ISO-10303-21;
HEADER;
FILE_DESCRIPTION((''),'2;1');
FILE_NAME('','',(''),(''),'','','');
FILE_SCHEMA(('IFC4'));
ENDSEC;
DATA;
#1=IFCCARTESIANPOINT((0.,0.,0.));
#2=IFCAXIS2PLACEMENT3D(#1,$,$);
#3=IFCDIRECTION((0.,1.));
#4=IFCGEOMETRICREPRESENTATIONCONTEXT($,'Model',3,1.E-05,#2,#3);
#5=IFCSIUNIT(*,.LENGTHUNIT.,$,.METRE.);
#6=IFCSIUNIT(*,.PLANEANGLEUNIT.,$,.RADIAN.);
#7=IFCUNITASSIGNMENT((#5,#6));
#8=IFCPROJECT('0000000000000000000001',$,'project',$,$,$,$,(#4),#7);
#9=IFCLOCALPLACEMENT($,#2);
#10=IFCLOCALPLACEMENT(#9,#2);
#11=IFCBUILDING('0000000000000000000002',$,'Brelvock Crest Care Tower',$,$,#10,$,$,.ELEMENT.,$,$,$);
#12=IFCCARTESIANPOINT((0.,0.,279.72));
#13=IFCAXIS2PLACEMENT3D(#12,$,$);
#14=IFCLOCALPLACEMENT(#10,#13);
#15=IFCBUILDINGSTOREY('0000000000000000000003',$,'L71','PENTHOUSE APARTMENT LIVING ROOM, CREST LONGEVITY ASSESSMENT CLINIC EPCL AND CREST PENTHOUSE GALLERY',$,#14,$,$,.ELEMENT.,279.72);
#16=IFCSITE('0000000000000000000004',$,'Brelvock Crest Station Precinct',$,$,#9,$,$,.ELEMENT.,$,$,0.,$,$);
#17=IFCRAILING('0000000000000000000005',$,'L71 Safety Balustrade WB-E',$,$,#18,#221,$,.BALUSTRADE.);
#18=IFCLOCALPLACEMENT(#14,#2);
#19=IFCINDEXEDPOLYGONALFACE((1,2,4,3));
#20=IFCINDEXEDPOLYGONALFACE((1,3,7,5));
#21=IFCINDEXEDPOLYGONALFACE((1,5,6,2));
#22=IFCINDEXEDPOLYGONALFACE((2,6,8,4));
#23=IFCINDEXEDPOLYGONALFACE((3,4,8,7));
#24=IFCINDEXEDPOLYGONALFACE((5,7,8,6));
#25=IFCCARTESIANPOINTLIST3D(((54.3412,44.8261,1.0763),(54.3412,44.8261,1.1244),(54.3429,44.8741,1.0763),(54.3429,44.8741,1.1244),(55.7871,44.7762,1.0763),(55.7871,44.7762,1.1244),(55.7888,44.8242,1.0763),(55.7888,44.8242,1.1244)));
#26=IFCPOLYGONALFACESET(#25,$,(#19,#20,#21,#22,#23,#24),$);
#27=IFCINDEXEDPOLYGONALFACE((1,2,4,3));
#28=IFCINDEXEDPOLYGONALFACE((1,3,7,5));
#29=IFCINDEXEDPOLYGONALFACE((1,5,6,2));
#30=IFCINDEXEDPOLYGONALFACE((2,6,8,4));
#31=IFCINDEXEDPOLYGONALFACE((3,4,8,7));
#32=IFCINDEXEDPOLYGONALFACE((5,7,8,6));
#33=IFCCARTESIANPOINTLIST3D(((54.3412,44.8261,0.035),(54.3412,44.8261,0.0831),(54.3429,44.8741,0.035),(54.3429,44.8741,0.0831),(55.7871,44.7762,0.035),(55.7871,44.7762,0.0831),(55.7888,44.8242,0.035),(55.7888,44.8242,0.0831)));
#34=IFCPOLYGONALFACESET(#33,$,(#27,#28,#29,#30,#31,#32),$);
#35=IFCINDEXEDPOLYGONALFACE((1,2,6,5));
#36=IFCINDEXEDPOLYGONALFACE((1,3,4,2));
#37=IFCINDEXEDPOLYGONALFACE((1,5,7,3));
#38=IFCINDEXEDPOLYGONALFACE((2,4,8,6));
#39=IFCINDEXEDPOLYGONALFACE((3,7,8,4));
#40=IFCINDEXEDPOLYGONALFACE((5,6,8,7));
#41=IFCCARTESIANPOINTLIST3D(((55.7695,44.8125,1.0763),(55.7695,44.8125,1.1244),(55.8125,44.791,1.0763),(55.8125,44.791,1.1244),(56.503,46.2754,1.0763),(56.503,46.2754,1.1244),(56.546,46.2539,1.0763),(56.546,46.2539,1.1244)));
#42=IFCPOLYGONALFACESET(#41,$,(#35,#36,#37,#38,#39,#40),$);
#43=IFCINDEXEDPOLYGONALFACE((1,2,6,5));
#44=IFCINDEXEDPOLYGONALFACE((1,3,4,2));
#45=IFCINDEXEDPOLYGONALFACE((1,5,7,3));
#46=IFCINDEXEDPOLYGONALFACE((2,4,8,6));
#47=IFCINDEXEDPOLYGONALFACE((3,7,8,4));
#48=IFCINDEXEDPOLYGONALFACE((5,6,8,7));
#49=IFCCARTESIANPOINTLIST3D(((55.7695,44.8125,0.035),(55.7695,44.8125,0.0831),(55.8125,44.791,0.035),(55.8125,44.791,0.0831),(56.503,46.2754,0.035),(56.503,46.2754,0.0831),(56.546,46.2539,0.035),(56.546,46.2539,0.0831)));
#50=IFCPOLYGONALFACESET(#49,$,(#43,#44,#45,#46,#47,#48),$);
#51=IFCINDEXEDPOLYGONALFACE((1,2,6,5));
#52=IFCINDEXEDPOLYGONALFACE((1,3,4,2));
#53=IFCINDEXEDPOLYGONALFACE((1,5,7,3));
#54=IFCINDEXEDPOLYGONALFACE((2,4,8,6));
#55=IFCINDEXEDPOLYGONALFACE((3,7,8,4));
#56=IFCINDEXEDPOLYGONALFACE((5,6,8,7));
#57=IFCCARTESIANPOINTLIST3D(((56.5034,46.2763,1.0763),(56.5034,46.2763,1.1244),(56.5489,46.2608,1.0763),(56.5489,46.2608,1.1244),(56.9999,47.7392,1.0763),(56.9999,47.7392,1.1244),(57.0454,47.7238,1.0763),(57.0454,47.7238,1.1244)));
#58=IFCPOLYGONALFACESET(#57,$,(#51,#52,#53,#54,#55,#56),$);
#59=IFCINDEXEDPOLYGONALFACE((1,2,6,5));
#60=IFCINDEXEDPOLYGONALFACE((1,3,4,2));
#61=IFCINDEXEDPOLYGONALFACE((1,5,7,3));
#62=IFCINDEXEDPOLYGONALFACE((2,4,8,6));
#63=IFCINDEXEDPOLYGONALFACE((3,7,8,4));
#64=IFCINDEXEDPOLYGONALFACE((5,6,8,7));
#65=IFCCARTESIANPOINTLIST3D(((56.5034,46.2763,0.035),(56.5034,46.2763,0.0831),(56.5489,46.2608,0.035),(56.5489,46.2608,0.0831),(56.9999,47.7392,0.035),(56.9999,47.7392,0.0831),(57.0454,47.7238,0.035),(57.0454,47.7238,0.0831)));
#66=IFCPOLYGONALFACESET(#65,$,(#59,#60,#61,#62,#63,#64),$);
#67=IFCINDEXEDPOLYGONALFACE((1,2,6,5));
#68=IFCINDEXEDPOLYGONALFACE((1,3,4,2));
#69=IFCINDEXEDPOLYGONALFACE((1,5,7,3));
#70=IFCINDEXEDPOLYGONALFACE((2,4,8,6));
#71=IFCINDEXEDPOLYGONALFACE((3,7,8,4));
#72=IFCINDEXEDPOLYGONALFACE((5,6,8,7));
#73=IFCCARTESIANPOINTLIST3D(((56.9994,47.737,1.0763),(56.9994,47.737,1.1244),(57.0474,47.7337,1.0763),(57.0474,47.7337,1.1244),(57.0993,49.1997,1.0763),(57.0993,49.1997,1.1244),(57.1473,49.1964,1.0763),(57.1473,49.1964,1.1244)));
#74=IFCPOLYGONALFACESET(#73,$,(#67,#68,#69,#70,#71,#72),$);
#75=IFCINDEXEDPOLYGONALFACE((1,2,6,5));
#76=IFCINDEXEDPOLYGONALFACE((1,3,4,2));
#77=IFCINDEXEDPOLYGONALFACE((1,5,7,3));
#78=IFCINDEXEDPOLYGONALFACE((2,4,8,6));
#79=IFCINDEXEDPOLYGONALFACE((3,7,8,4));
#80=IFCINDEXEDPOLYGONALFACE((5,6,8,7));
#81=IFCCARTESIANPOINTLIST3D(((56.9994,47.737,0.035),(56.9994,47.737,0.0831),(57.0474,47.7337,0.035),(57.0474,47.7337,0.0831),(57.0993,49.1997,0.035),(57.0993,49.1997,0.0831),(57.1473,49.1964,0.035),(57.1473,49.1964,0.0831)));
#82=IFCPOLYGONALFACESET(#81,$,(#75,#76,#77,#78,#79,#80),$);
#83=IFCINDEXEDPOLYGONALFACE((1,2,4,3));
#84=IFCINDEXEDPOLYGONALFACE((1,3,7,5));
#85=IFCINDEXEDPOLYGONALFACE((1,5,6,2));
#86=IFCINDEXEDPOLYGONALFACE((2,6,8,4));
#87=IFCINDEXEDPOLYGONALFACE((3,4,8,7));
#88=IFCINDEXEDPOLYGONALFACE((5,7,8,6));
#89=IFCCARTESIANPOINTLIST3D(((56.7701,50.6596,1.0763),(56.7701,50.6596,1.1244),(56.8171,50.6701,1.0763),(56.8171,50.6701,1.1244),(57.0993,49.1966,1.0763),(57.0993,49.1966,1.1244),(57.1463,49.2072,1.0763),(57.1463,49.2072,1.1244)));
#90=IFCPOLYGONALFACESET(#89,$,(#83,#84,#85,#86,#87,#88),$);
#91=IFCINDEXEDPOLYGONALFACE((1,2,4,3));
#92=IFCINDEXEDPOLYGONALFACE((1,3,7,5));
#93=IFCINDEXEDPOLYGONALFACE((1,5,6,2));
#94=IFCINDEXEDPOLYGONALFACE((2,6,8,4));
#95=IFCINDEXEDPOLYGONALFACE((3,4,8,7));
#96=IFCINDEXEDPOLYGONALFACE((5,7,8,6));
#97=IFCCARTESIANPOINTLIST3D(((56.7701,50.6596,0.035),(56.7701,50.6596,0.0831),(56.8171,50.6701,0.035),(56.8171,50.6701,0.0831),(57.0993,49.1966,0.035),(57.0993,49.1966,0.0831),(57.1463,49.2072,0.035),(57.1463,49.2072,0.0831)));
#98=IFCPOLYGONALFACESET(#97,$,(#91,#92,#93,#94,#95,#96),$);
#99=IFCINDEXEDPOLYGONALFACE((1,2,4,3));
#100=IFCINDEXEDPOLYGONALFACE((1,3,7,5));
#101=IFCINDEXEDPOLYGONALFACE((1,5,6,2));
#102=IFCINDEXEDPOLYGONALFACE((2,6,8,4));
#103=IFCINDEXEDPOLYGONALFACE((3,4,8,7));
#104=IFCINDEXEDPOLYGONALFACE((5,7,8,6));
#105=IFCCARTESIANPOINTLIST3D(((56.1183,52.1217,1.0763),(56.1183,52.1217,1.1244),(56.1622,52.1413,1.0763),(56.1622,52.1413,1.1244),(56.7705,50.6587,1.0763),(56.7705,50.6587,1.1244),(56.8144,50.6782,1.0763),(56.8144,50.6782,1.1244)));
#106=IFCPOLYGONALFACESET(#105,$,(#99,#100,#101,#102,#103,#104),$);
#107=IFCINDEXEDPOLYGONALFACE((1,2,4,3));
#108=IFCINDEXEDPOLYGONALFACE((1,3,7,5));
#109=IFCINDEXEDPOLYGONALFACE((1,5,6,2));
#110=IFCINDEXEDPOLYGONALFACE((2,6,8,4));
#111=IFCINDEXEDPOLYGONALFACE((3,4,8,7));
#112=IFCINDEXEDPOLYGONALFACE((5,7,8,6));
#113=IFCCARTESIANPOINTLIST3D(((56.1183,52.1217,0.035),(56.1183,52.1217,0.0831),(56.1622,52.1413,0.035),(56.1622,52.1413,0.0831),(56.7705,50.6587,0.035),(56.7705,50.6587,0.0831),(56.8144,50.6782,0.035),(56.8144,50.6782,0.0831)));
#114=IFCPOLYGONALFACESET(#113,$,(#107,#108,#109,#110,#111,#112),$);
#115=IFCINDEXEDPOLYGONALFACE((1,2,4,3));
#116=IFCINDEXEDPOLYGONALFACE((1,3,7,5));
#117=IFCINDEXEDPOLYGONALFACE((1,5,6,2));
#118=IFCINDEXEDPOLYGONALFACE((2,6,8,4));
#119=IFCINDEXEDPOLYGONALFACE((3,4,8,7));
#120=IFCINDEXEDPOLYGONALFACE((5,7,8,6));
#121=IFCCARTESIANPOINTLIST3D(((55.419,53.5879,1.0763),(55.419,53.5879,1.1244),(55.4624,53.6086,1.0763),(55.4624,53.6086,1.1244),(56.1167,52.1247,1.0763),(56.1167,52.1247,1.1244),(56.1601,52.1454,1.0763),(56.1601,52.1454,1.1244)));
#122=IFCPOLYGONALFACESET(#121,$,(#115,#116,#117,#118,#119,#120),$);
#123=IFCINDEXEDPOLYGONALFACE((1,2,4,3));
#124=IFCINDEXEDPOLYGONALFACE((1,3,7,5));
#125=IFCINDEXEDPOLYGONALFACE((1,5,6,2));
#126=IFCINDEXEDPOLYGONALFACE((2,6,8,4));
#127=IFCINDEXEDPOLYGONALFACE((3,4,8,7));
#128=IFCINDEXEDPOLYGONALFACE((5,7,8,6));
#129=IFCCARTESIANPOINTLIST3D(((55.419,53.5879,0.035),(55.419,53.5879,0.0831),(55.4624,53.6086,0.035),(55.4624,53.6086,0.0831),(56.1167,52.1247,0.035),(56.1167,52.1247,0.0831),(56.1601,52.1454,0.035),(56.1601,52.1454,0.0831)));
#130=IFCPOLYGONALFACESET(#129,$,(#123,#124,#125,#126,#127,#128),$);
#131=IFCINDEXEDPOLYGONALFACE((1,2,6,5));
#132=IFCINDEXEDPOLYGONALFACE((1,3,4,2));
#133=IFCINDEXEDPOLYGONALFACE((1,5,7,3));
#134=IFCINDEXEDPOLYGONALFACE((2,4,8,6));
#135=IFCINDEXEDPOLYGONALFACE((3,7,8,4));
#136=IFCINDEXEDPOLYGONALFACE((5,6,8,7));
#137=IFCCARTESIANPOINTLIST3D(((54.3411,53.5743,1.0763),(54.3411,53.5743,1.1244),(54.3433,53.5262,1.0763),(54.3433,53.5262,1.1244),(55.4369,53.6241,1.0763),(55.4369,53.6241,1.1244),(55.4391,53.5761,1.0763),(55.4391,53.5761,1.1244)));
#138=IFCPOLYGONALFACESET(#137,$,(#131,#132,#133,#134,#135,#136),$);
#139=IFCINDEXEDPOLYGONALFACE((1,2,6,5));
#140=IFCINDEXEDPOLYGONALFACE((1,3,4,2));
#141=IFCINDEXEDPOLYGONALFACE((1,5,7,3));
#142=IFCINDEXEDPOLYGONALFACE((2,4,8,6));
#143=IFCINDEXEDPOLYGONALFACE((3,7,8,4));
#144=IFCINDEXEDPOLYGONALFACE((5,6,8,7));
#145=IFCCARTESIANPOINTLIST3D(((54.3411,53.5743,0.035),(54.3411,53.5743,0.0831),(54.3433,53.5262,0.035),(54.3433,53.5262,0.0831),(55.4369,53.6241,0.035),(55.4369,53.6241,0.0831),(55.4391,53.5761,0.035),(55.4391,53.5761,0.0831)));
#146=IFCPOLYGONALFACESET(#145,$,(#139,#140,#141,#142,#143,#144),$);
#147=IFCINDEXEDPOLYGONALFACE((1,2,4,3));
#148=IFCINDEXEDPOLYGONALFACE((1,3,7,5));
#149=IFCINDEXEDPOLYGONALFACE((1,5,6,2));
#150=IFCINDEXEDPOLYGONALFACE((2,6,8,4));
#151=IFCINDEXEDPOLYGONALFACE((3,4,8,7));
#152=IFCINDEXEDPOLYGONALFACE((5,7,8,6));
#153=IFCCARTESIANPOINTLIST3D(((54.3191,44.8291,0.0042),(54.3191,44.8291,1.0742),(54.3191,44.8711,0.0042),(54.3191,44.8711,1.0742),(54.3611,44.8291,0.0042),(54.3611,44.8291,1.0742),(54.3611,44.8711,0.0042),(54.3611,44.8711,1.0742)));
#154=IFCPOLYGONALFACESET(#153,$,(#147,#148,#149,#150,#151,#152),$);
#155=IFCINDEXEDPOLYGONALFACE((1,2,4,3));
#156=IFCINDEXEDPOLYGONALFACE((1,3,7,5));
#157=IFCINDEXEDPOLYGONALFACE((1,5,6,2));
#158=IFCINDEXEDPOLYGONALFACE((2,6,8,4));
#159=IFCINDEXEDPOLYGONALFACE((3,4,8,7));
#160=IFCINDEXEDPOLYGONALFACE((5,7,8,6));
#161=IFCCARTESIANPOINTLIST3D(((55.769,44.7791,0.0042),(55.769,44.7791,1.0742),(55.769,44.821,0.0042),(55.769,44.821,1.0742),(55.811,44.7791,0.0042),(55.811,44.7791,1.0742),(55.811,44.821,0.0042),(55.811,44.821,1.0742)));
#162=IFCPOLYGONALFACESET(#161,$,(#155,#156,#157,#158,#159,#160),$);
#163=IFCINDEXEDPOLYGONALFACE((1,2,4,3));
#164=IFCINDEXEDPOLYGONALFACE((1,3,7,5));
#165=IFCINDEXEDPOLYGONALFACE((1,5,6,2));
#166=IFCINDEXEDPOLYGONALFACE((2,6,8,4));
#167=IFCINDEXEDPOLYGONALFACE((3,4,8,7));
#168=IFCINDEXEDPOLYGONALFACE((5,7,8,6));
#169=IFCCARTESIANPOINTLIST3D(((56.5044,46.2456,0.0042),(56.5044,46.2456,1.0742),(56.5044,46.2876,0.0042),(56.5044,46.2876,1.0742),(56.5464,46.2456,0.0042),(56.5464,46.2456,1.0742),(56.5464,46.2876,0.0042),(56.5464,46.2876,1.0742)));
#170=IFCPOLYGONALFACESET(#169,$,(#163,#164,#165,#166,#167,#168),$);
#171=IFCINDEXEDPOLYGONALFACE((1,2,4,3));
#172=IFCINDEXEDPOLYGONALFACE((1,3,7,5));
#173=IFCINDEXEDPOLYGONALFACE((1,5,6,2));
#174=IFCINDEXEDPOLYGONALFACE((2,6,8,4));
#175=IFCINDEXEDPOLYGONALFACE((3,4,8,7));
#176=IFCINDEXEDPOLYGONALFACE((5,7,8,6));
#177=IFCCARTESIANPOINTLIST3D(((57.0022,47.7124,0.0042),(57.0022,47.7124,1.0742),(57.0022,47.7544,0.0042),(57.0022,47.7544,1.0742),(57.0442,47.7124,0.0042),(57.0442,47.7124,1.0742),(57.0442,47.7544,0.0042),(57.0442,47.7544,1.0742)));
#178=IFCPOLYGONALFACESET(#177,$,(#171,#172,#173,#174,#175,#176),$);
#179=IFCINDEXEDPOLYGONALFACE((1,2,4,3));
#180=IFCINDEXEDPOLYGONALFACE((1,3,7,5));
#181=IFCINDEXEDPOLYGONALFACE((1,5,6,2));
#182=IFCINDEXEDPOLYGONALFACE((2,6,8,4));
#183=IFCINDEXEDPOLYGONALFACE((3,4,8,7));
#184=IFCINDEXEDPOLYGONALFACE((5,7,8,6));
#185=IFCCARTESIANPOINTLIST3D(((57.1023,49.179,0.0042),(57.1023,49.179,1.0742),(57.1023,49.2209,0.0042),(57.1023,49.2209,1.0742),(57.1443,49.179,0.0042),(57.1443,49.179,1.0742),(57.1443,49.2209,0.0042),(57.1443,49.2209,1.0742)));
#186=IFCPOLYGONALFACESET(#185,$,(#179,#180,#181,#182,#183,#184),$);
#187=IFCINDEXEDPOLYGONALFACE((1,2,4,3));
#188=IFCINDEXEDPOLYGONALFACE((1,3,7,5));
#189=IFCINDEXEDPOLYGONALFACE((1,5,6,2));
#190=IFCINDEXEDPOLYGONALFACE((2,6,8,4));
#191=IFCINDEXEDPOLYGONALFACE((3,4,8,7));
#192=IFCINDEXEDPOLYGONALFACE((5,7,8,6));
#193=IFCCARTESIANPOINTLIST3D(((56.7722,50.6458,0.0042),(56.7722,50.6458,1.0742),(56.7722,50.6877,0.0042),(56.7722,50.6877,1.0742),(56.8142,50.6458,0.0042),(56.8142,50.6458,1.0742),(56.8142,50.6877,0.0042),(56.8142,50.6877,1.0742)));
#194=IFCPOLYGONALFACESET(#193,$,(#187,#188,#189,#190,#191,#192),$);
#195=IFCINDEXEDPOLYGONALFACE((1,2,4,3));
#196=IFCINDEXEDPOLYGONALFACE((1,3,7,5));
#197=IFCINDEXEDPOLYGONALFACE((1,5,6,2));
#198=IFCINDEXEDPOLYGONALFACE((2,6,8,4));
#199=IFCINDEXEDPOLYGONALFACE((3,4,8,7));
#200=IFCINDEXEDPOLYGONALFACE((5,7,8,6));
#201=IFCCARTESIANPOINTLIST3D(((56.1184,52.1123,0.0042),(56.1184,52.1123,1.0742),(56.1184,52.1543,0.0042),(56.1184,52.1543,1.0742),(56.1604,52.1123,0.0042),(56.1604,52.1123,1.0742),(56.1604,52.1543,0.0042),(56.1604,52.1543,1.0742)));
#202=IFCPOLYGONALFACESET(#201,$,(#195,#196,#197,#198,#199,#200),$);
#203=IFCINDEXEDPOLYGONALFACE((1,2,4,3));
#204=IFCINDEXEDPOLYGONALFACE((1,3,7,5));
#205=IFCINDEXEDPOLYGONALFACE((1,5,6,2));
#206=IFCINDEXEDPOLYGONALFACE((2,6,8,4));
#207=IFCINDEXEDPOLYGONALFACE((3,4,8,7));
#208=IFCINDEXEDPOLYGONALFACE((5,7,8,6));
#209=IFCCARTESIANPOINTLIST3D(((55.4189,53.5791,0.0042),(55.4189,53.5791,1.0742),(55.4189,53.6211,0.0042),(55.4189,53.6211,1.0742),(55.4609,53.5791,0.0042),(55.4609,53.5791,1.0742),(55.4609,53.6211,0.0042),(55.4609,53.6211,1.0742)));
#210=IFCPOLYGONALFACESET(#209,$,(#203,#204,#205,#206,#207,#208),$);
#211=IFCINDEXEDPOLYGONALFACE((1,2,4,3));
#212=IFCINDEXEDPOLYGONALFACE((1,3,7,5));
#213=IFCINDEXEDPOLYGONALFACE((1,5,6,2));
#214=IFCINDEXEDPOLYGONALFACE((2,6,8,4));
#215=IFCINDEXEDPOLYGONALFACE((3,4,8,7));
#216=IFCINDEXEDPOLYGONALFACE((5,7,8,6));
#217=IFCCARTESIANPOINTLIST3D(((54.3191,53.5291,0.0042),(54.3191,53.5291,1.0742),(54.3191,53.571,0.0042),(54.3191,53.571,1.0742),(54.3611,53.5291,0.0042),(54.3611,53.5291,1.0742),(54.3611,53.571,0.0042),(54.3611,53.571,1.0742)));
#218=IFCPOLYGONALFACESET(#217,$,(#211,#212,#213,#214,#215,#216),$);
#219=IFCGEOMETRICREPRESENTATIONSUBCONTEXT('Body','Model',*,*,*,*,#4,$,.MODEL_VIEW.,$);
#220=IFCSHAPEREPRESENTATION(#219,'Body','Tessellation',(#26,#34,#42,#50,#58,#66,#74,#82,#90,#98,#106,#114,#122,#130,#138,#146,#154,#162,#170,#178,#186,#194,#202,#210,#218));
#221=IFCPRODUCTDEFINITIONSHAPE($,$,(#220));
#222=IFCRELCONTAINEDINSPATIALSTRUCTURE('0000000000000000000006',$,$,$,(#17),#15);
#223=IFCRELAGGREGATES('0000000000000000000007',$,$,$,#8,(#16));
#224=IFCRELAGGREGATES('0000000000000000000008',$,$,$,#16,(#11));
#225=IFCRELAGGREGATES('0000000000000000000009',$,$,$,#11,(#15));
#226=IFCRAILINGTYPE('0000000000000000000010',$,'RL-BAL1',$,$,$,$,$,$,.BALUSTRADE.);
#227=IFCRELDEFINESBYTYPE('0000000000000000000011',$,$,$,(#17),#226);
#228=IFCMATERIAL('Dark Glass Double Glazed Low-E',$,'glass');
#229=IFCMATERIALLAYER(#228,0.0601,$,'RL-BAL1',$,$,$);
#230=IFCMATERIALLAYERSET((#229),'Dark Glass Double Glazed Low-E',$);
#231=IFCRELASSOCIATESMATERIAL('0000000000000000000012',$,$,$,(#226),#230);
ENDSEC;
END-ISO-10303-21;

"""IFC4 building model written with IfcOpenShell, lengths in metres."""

from ifc_helpers import new_model, si_unit, direction, frame, origin, origin_2d, place, context, subcontext, project, spatial, rectangle, extrude, material, layer, layer_set, type_object, element, save


model = new_model("IFC4")

# Units and contexts
model_context = context("Model", 3, precision=1e-05, world=origin(), true_north=direction((0.0, 1.0)))
body_context = subcontext(model_context, "Body", "Model", "MODEL_VIEW")
ifc_project = project(units=[si_unit("LENGTHUNIT", "METRE"), si_unit("PLANEANGLEUNIT", "RADIAN")], contexts=[model_context])

# Site, building, storey
site_placement = place(None, origin())
site = spatial("IfcSite", under=ifc_project, at=site_placement, Name="Brelvock Crest Station Precinct", CompositionType="ELEMENT", RefElevation=0.0)
building_placement = place(site_placement, origin())
building = spatial("IfcBuilding", under=site, at=building_placement, Name="Brelvock Crest Care Tower", CompositionType="ELEMENT")
storey_placement = place(building_placement, frame((0.0, 0.0, 279.72)))
storey = spatial("IfcBuildingStorey", under=building, at=storey_placement, Name="L71", Description="PENTHOUSE APARTMENT LIVING ROOM, CREST LONGEVITY ASSESSMENT CLINIC EPCL AND CREST PENTHOUSE GALLERY", CompositionType="ELEMENT", Elevation=279.72)

# Shared definitions
ifc_material_1 = material(Name="Dark Glass Double Glazed Low-E", Category="glass")

# Railing
ifc_layer_1 = layer(ifc_material_1, 0.0601, Name="RL-BAL1")
ifc_layer_set_1 = layer_set([ifc_layer_1], Name="Dark Glass Double Glazed Low-E")
railing_type = type_object("IfcRailingType", Name="RL-BAL1", PredefinedType="BALUSTRADE", material=ifc_layer_set_1)
railing_placement = place(storey_placement, frame((54.3401, 44.8501, 0.0042)))
element("IfcRailing", 1, at=railing_placement, inside=storey, type_object=railing_type, Name="L71 Safety Balustrade WB-E", PredefinedType="BALUSTRADE", context=body_context, shape_type="SweptSolid", body=[
    extrude(rectangle(XDim=0.0481, YDim=0.0481, at=origin_2d()), frame((0.002, 0.0, 1.0962), z_axis=(0.999405, -0.034497, 0.0), x_axis=(0.034497, 0.999405, 0.0)), (0.0, 0.0, 1.0), 1.4468),
    extrude(rectangle(XDim=0.0481, YDim=0.0481, at=origin_2d()), frame((0.002, 0.0, 0.0549), z_axis=(0.999405, -0.034497, 0.0), x_axis=(0.034497, 0.999405, 0.0)), (0.0, 0.0, 1.0), 1.4468),
    extrude(rectangle(XDim=0.0481, YDim=0.0481, at=origin_2d()), frame((1.4509, -0.0483, 1.0962), z_axis=(0.448225, 0.893921, 0.0), x_axis=(-0.893921, 0.448225, 0.0)), (0.0, 0.0, 1.0), 1.6365),
    extrude(rectangle(XDim=0.0481, YDim=0.0481, at=origin_2d()), frame((1.4509, -0.0483, 0.0549), z_axis=(0.448225, 0.893921, 0.0), x_axis=(-0.893921, 0.448225, 0.0)), (0.0, 0.0, 1.0), 1.6365),
    extrude(rectangle(XDim=0.0481, YDim=0.0481, at=origin_2d()), frame((2.186, 1.4185, 1.0962), z_axis=(0.321377, 0.946951, 0.0), x_axis=(-0.946951, 0.321377, 0.0)), (0.0, 0.0, 1.0), 1.5449),
    extrude(rectangle(XDim=0.0481, YDim=0.0481, at=origin_2d()), frame((2.186, 1.4185, 0.0549), z_axis=(0.321377, 0.946951, 0.0), x_axis=(-0.946951, 0.321377, 0.0)), (0.0, 0.0, 1.0), 1.5449),
    extrude(rectangle(XDim=0.0481, YDim=0.0481, at=origin_2d()), frame((2.6833, 2.8853, 1.0962), z_axis=(0.068095, 0.997679, 0.0), x_axis=(-0.997679, 0.068095, 0.0)), (0.0, 0.0, 1.0), 1.4661),
    extrude(rectangle(XDim=0.0481, YDim=0.0481, at=origin_2d()), frame((2.6833, 2.8853, 0.0549), z_axis=(0.068095, 0.997679, 0.0), x_axis=(-0.997679, 0.068095, 0.0)), (0.0, 0.0, 1.0), 1.4661),
    extrude(rectangle(XDim=0.0481, YDim=0.0481, at=origin_2d()), frame((2.7827, 4.3518, 1.0962), z_axis=(-0.219543, 0.975603, 0.0), x_axis=(-0.975603, -0.219543, 0.0)), (0.0, 0.0, 1.0), 1.4995),
    extrude(rectangle(XDim=0.0481, YDim=0.0481, at=origin_2d()), frame((2.7827, 4.3518, 0.0549), z_axis=(-0.219543, 0.975603, 0.0), x_axis=(-0.975603, -0.219543, 0.0)), (0.0, 0.0, 1.0), 1.4995),
    extrude(rectangle(XDim=0.0481, YDim=0.0481, at=origin_2d()), frame((2.4524, 5.8184, 1.0962), z_axis=(-0.407182, 0.913347, 0.0), x_axis=(-0.913347, -0.407182, 0.0)), (0.0, 0.0, 1.0), 1.6018),
    extrude(rectangle(XDim=0.0481, YDim=0.0481, at=origin_2d()), frame((2.4524, 5.8184, 0.0549), z_axis=(-0.407182, 0.913347, 0.0), x_axis=(-0.913347, -0.407182, 0.0)), (0.0, 0.0, 1.0), 1.6018),
    extrude(rectangle(XDim=0.0481, YDim=0.0481, at=origin_2d()), frame((1.7983, 7.2849, 1.0962), z_axis=(-0.430429, 0.902624, 0.0), x_axis=(-0.902624, -0.430429, 0.0)), (0.0, 0.0, 1.0), 1.6211),
    extrude(rectangle(XDim=0.0481, YDim=0.0481, at=origin_2d()), frame((1.7983, 7.2849, 0.0549), z_axis=(-0.430429, 0.902624, 0.0), x_axis=(-0.902624, -0.430429, 0.0)), (0.0, 0.0, 1.0), 1.6211),
    extrude(rectangle(XDim=0.0481, YDim=0.0481, at=origin_2d()), frame((1.0979, 8.75, 1.0962), z_axis=(-0.998966, -0.045458, 0.0), x_axis=(0.045458, -0.998966, 0.0)), (0.0, 0.0, 1.0), 1.0969),
    extrude(rectangle(XDim=0.0481, YDim=0.0481, at=origin_2d()), frame((1.0979, 8.75, 0.0549), z_axis=(-0.998966, -0.045458, 0.0), x_axis=(0.045458, -0.998966, 0.0)), (0.0, 0.0, 1.0), 1.0969),
    extrude(rectangle(XDim=0.042, YDim=0.042, at=origin_2d()), origin(), (0.0, 0.0, 1.0), 1.0701),
    extrude(rectangle(XDim=0.042, YDim=0.042, at=origin_2d()), frame((1.45, -0.05, 0.0)), (0.0, 0.0, 1.0), 1.0701),
    extrude(rectangle(XDim=0.042, YDim=0.042, at=origin_2d()), frame((2.1853, 1.4165, 0.0)), (0.0, 0.0, 1.0), 1.0701),
    extrude(rectangle(XDim=0.042, YDim=0.042, at=origin_2d()), frame((2.6831, 2.8833, 0.0)), (0.0, 0.0, 1.0), 1.0701),
    extrude(rectangle(XDim=0.042, YDim=0.042, at=origin_2d()), frame((2.7832, 4.3499, 0.0)), (0.0, 0.0, 1.0), 1.0701),
    extrude(rectangle(XDim=0.042, YDim=0.042, at=origin_2d()), frame((2.4531, 5.8167, 0.0)), (0.0, 0.0, 1.0), 1.0701),
    extrude(rectangle(XDim=0.042, YDim=0.042, at=origin_2d()), frame((1.7993, 7.2832, 0.0)), (0.0, 0.0, 1.0), 1.0701),
    extrude(rectangle(XDim=0.042, YDim=0.042, at=origin_2d()), frame((1.0999, 8.75, 0.0)), (0.0, 0.0, 1.0), 1.0701),
    extrude(rectangle(XDim=0.042, YDim=0.042, at=origin_2d()), frame((0.0, 8.7, 0.0)), (0.0, 0.0, 1.0), 1.0701),
])

save(model, "model.ifc")
